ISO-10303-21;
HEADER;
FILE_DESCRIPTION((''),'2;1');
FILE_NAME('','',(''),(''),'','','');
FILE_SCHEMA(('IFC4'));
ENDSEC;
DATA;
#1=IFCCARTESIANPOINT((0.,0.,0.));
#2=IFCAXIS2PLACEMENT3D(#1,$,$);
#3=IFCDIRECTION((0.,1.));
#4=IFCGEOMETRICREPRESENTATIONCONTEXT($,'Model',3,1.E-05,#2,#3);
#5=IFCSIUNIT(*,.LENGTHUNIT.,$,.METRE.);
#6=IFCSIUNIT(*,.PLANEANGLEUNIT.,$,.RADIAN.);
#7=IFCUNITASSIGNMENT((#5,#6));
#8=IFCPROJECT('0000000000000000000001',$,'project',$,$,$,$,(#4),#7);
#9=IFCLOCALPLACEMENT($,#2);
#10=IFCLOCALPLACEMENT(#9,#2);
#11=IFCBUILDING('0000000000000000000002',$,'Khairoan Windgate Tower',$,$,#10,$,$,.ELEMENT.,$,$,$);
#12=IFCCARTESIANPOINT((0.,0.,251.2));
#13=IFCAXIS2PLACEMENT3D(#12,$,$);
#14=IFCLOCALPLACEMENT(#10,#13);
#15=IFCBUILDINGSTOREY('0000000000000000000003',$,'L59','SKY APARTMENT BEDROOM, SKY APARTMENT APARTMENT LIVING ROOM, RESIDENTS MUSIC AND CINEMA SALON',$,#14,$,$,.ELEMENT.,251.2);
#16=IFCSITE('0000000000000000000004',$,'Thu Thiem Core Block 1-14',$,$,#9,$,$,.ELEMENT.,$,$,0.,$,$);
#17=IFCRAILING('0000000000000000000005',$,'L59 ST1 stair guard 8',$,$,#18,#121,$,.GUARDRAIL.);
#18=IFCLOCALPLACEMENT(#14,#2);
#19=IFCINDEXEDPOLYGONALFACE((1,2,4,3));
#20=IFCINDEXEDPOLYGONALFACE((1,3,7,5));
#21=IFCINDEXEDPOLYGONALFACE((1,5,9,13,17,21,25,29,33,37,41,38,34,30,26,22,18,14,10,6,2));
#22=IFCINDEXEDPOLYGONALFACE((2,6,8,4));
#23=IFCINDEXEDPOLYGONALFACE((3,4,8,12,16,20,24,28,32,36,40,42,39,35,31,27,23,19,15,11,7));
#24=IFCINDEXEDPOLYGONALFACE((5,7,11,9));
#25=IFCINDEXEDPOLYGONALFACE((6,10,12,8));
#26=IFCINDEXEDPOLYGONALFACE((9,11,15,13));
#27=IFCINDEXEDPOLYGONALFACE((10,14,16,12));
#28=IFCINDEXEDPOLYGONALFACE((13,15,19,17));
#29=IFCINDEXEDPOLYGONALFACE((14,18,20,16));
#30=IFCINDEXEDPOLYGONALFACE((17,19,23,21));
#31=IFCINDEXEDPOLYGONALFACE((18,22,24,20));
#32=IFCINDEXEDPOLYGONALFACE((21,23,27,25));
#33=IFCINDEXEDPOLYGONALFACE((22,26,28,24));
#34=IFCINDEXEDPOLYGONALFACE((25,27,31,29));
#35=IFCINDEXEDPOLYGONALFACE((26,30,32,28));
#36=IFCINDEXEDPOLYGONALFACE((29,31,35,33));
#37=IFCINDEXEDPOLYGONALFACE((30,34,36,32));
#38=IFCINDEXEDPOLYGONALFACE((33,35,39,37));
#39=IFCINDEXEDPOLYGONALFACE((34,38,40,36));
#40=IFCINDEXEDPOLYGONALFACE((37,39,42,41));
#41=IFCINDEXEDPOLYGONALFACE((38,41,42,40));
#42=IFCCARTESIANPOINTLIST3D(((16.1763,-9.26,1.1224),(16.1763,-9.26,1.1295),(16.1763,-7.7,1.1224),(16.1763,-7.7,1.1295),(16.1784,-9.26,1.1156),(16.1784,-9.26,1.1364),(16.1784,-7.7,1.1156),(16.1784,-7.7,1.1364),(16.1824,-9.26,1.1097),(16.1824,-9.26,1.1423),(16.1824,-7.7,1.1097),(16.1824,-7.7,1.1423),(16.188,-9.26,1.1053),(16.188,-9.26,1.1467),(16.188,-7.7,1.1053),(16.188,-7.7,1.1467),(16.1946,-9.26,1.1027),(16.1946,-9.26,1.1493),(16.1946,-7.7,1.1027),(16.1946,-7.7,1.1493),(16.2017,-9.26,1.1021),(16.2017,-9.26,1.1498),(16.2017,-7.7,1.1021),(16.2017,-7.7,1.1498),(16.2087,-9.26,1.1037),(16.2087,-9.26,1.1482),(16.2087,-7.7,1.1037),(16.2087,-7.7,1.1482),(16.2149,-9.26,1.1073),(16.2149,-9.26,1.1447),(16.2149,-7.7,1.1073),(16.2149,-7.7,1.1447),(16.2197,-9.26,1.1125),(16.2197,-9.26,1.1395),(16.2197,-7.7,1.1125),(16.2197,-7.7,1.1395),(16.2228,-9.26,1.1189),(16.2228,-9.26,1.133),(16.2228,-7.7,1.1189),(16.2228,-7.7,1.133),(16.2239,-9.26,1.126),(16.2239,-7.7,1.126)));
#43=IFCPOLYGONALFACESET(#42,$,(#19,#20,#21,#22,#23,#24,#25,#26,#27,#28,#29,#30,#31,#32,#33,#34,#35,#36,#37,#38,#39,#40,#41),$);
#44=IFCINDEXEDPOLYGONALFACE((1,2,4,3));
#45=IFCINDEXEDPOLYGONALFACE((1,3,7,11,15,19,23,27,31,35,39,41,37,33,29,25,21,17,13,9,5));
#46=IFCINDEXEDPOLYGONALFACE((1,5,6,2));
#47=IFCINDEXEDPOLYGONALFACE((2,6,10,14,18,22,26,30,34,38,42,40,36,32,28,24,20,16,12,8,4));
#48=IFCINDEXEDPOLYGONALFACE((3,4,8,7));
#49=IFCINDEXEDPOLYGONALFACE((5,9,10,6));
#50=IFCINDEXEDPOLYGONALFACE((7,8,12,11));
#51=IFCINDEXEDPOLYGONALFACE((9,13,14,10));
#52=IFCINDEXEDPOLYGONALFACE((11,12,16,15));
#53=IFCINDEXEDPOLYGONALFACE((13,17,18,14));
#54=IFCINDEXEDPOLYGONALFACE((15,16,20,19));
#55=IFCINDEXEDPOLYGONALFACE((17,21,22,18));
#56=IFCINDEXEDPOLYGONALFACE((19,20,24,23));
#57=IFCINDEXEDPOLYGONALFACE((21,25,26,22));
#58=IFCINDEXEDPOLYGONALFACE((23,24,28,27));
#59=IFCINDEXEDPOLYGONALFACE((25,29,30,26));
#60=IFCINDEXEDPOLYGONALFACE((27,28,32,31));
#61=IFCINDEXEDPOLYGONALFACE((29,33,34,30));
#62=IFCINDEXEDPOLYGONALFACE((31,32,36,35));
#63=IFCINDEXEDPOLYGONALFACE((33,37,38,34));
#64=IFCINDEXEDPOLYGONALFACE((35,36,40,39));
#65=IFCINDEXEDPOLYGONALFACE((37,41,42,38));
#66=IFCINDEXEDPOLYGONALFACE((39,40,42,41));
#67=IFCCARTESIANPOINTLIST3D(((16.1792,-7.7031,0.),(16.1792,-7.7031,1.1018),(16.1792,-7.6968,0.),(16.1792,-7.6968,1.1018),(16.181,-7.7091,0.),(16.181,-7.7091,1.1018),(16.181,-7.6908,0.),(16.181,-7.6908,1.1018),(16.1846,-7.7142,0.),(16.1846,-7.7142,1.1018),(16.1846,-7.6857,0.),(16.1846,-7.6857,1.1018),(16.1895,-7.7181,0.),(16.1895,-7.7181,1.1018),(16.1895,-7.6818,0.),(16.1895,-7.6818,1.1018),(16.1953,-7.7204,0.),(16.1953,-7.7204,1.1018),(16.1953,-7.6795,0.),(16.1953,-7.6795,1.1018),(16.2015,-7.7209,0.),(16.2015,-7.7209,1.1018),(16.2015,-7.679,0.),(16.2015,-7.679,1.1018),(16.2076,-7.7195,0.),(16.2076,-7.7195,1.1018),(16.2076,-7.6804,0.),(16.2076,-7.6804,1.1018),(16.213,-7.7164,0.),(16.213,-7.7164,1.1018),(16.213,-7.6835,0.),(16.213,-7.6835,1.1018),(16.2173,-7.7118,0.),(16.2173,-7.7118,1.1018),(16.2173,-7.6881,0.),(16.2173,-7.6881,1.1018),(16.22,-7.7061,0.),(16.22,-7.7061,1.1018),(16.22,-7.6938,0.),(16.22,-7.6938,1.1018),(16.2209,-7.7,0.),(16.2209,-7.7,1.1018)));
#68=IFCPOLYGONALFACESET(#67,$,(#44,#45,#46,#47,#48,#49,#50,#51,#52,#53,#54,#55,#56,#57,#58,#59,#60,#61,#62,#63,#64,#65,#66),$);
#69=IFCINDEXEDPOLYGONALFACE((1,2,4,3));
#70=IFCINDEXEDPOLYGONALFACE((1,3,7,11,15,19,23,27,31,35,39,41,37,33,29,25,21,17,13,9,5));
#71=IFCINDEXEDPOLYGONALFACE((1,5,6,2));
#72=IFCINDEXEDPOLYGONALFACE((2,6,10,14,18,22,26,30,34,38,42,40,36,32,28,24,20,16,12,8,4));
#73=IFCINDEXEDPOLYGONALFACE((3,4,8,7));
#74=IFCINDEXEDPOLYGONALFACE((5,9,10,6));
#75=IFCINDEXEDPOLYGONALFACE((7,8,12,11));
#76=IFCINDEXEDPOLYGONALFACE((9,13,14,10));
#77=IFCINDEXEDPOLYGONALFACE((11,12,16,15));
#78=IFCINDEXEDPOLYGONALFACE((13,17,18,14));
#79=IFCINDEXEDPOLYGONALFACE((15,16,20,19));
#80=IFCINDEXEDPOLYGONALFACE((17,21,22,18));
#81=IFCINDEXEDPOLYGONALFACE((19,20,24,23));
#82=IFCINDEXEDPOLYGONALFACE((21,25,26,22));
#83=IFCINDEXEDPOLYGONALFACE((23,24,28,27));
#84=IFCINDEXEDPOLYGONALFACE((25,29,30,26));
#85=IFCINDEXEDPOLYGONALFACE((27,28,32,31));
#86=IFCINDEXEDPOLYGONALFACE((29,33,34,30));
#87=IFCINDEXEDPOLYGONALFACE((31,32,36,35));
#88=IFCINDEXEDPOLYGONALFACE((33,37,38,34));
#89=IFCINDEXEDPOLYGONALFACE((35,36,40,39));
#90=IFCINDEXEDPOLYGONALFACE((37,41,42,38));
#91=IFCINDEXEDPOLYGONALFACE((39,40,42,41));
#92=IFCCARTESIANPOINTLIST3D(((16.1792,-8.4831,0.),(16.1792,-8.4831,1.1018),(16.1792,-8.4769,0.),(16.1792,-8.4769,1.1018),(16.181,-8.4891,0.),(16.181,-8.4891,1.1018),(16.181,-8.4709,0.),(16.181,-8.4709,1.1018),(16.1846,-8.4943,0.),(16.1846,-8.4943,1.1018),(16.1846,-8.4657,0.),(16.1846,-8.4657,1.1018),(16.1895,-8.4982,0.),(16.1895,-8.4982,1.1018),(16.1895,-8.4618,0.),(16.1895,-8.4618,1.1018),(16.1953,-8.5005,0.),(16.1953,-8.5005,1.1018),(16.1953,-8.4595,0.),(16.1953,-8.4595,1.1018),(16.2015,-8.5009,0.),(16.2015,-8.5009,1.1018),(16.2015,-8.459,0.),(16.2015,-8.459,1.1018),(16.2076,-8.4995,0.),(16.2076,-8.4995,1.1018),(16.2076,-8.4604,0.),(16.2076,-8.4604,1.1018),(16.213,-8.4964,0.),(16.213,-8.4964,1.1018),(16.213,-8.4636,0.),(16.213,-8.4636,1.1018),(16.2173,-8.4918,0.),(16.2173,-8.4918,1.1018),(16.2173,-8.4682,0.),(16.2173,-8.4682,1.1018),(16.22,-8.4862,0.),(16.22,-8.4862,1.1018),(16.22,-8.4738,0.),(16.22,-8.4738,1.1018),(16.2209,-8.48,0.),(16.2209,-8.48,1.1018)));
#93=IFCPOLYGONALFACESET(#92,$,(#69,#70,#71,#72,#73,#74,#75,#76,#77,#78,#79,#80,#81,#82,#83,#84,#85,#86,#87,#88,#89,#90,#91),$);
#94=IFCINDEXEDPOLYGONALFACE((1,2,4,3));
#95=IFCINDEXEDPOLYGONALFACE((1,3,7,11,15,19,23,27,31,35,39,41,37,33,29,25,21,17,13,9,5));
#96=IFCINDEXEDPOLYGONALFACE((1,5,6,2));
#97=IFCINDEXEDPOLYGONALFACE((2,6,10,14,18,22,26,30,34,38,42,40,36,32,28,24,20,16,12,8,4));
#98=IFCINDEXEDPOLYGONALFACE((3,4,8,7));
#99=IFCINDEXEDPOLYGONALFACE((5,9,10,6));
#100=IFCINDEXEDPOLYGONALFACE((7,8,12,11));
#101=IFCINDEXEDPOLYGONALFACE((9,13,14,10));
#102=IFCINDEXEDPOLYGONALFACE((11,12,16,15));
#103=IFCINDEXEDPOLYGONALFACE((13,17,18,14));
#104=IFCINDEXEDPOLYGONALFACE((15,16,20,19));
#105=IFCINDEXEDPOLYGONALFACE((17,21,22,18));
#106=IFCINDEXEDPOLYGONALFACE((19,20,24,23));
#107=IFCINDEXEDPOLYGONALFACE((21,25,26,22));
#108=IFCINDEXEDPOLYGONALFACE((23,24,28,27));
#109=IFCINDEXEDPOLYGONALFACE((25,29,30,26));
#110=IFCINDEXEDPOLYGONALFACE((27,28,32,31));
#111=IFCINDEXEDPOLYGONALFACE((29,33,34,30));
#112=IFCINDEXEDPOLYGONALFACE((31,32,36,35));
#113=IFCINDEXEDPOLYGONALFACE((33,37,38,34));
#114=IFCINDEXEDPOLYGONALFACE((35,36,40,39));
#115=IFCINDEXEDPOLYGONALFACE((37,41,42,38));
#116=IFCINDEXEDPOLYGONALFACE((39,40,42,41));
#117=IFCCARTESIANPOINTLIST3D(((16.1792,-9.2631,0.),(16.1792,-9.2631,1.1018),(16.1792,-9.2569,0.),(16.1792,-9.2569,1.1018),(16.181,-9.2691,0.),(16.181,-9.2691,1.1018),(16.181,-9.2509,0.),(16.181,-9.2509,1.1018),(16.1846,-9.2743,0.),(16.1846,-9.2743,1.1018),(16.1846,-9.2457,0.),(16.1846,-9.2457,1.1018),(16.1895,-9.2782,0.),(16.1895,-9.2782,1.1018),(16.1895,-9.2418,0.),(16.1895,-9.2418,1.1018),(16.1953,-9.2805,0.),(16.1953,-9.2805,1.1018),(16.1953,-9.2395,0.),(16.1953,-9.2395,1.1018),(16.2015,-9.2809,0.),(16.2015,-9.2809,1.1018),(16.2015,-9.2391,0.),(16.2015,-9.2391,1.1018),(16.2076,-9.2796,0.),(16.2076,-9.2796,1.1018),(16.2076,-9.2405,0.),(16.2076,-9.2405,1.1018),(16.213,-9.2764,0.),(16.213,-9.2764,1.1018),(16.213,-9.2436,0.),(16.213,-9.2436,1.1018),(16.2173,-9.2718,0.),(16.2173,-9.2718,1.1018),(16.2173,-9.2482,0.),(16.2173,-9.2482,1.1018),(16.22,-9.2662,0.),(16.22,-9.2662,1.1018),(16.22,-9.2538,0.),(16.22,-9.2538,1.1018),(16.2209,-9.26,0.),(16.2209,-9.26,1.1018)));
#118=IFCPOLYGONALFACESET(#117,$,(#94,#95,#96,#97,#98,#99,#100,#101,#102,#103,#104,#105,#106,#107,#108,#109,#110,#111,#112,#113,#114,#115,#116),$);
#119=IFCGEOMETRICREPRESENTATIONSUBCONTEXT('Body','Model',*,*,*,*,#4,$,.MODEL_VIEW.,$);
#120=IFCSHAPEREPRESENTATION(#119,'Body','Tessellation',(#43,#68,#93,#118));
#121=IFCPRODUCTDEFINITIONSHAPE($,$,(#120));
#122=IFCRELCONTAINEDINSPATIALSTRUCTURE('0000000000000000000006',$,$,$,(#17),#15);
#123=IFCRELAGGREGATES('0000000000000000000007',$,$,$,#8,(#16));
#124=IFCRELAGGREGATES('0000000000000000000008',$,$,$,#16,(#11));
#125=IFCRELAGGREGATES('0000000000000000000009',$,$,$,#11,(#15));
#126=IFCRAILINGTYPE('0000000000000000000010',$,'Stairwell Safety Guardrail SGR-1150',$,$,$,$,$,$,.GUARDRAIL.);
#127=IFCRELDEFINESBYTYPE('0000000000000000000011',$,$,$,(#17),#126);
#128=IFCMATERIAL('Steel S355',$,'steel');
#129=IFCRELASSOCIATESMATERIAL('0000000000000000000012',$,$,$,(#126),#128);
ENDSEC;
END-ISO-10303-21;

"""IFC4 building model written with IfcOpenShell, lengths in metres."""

from ifc_helpers import new_model, si_unit, direction, frame, origin, origin_2d, place, context, subcontext, project, spatial, circle, extrude, material, type_object, element, save


model = new_model("IFC4")

# Units and contexts
model_context = context("Model", 3, precision=1e-05, world=origin(), true_north=direction((0.0, 1.0)))
body_context = subcontext(model_context, "Body", "Model", "MODEL_VIEW")
ifc_project = project(units=[si_unit("LENGTHUNIT", "METRE"), si_unit("PLANEANGLEUNIT", "RADIAN")], contexts=[model_context])

# Site, building, storey
site_placement = place(None, origin())
site = spatial("IfcSite", under=ifc_project, at=site_placement, Name="Thu Thiem Core Block 1-14", CompositionType="ELEMENT", RefElevation=0.0)
building_placement = place(site_placement, origin())
building = spatial("IfcBuilding", under=site, at=building_placement, Name="Khairoan Windgate Tower", CompositionType="ELEMENT")
storey_placement = place(building_placement, frame((0.0, 0.0, 251.2)))
storey = spatial("IfcBuildingStorey", under=building, at=storey_placement, Name="L59", Description="SKY APARTMENT BEDROOM, SKY APARTMENT APARTMENT LIVING ROOM, RESIDENTS MUSIC AND CINEMA SALON", CompositionType="ELEMENT", Elevation=251.2)

# Railing
ifc_material_1 = material(Name="Steel S355", Category="steel")
railing_type_1 = type_object("IfcRailingType", Name="Stairwell Safety Guardrail SGR-1150", PredefinedType="GUARDRAIL", material=ifc_material_1)
railing_1_placement = place(storey_placement, frame((16.2, -7.7, 0.0)))
element("IfcRailing", 1, at=railing_1_placement, inside=storey, type_object=railing_type_1, Name="L59 ST1 stair guard 8", PredefinedType="GUARDRAIL", context=body_context, shape_type="SweptSolid", body=[
    extrude(circle(Radius=0.0239, at=origin_2d()), frame((0.0, 0.0, 1.126), z_axis=(0.0, -1.0, 0.0), x_axis=(1.0, 0.0, 0.0)), (0.0, 0.0, 1.0), 1.5601),
    extrude(circle(Radius=0.021, at=origin_2d()), origin(), (0.0, 0.0, 1.0), 1.1018),
    extrude(circle(Radius=0.021, at=origin_2d()), frame((0.0, -0.78, 0.0)), (0.0, 0.0, 1.0), 1.1018),
    extrude(circle(Radius=0.021, at=origin_2d()), frame((0.0, -1.5601, 0.0)), (0.0, 0.0, 1.0), 1.1018),
])

save(model, "model.ifc")
